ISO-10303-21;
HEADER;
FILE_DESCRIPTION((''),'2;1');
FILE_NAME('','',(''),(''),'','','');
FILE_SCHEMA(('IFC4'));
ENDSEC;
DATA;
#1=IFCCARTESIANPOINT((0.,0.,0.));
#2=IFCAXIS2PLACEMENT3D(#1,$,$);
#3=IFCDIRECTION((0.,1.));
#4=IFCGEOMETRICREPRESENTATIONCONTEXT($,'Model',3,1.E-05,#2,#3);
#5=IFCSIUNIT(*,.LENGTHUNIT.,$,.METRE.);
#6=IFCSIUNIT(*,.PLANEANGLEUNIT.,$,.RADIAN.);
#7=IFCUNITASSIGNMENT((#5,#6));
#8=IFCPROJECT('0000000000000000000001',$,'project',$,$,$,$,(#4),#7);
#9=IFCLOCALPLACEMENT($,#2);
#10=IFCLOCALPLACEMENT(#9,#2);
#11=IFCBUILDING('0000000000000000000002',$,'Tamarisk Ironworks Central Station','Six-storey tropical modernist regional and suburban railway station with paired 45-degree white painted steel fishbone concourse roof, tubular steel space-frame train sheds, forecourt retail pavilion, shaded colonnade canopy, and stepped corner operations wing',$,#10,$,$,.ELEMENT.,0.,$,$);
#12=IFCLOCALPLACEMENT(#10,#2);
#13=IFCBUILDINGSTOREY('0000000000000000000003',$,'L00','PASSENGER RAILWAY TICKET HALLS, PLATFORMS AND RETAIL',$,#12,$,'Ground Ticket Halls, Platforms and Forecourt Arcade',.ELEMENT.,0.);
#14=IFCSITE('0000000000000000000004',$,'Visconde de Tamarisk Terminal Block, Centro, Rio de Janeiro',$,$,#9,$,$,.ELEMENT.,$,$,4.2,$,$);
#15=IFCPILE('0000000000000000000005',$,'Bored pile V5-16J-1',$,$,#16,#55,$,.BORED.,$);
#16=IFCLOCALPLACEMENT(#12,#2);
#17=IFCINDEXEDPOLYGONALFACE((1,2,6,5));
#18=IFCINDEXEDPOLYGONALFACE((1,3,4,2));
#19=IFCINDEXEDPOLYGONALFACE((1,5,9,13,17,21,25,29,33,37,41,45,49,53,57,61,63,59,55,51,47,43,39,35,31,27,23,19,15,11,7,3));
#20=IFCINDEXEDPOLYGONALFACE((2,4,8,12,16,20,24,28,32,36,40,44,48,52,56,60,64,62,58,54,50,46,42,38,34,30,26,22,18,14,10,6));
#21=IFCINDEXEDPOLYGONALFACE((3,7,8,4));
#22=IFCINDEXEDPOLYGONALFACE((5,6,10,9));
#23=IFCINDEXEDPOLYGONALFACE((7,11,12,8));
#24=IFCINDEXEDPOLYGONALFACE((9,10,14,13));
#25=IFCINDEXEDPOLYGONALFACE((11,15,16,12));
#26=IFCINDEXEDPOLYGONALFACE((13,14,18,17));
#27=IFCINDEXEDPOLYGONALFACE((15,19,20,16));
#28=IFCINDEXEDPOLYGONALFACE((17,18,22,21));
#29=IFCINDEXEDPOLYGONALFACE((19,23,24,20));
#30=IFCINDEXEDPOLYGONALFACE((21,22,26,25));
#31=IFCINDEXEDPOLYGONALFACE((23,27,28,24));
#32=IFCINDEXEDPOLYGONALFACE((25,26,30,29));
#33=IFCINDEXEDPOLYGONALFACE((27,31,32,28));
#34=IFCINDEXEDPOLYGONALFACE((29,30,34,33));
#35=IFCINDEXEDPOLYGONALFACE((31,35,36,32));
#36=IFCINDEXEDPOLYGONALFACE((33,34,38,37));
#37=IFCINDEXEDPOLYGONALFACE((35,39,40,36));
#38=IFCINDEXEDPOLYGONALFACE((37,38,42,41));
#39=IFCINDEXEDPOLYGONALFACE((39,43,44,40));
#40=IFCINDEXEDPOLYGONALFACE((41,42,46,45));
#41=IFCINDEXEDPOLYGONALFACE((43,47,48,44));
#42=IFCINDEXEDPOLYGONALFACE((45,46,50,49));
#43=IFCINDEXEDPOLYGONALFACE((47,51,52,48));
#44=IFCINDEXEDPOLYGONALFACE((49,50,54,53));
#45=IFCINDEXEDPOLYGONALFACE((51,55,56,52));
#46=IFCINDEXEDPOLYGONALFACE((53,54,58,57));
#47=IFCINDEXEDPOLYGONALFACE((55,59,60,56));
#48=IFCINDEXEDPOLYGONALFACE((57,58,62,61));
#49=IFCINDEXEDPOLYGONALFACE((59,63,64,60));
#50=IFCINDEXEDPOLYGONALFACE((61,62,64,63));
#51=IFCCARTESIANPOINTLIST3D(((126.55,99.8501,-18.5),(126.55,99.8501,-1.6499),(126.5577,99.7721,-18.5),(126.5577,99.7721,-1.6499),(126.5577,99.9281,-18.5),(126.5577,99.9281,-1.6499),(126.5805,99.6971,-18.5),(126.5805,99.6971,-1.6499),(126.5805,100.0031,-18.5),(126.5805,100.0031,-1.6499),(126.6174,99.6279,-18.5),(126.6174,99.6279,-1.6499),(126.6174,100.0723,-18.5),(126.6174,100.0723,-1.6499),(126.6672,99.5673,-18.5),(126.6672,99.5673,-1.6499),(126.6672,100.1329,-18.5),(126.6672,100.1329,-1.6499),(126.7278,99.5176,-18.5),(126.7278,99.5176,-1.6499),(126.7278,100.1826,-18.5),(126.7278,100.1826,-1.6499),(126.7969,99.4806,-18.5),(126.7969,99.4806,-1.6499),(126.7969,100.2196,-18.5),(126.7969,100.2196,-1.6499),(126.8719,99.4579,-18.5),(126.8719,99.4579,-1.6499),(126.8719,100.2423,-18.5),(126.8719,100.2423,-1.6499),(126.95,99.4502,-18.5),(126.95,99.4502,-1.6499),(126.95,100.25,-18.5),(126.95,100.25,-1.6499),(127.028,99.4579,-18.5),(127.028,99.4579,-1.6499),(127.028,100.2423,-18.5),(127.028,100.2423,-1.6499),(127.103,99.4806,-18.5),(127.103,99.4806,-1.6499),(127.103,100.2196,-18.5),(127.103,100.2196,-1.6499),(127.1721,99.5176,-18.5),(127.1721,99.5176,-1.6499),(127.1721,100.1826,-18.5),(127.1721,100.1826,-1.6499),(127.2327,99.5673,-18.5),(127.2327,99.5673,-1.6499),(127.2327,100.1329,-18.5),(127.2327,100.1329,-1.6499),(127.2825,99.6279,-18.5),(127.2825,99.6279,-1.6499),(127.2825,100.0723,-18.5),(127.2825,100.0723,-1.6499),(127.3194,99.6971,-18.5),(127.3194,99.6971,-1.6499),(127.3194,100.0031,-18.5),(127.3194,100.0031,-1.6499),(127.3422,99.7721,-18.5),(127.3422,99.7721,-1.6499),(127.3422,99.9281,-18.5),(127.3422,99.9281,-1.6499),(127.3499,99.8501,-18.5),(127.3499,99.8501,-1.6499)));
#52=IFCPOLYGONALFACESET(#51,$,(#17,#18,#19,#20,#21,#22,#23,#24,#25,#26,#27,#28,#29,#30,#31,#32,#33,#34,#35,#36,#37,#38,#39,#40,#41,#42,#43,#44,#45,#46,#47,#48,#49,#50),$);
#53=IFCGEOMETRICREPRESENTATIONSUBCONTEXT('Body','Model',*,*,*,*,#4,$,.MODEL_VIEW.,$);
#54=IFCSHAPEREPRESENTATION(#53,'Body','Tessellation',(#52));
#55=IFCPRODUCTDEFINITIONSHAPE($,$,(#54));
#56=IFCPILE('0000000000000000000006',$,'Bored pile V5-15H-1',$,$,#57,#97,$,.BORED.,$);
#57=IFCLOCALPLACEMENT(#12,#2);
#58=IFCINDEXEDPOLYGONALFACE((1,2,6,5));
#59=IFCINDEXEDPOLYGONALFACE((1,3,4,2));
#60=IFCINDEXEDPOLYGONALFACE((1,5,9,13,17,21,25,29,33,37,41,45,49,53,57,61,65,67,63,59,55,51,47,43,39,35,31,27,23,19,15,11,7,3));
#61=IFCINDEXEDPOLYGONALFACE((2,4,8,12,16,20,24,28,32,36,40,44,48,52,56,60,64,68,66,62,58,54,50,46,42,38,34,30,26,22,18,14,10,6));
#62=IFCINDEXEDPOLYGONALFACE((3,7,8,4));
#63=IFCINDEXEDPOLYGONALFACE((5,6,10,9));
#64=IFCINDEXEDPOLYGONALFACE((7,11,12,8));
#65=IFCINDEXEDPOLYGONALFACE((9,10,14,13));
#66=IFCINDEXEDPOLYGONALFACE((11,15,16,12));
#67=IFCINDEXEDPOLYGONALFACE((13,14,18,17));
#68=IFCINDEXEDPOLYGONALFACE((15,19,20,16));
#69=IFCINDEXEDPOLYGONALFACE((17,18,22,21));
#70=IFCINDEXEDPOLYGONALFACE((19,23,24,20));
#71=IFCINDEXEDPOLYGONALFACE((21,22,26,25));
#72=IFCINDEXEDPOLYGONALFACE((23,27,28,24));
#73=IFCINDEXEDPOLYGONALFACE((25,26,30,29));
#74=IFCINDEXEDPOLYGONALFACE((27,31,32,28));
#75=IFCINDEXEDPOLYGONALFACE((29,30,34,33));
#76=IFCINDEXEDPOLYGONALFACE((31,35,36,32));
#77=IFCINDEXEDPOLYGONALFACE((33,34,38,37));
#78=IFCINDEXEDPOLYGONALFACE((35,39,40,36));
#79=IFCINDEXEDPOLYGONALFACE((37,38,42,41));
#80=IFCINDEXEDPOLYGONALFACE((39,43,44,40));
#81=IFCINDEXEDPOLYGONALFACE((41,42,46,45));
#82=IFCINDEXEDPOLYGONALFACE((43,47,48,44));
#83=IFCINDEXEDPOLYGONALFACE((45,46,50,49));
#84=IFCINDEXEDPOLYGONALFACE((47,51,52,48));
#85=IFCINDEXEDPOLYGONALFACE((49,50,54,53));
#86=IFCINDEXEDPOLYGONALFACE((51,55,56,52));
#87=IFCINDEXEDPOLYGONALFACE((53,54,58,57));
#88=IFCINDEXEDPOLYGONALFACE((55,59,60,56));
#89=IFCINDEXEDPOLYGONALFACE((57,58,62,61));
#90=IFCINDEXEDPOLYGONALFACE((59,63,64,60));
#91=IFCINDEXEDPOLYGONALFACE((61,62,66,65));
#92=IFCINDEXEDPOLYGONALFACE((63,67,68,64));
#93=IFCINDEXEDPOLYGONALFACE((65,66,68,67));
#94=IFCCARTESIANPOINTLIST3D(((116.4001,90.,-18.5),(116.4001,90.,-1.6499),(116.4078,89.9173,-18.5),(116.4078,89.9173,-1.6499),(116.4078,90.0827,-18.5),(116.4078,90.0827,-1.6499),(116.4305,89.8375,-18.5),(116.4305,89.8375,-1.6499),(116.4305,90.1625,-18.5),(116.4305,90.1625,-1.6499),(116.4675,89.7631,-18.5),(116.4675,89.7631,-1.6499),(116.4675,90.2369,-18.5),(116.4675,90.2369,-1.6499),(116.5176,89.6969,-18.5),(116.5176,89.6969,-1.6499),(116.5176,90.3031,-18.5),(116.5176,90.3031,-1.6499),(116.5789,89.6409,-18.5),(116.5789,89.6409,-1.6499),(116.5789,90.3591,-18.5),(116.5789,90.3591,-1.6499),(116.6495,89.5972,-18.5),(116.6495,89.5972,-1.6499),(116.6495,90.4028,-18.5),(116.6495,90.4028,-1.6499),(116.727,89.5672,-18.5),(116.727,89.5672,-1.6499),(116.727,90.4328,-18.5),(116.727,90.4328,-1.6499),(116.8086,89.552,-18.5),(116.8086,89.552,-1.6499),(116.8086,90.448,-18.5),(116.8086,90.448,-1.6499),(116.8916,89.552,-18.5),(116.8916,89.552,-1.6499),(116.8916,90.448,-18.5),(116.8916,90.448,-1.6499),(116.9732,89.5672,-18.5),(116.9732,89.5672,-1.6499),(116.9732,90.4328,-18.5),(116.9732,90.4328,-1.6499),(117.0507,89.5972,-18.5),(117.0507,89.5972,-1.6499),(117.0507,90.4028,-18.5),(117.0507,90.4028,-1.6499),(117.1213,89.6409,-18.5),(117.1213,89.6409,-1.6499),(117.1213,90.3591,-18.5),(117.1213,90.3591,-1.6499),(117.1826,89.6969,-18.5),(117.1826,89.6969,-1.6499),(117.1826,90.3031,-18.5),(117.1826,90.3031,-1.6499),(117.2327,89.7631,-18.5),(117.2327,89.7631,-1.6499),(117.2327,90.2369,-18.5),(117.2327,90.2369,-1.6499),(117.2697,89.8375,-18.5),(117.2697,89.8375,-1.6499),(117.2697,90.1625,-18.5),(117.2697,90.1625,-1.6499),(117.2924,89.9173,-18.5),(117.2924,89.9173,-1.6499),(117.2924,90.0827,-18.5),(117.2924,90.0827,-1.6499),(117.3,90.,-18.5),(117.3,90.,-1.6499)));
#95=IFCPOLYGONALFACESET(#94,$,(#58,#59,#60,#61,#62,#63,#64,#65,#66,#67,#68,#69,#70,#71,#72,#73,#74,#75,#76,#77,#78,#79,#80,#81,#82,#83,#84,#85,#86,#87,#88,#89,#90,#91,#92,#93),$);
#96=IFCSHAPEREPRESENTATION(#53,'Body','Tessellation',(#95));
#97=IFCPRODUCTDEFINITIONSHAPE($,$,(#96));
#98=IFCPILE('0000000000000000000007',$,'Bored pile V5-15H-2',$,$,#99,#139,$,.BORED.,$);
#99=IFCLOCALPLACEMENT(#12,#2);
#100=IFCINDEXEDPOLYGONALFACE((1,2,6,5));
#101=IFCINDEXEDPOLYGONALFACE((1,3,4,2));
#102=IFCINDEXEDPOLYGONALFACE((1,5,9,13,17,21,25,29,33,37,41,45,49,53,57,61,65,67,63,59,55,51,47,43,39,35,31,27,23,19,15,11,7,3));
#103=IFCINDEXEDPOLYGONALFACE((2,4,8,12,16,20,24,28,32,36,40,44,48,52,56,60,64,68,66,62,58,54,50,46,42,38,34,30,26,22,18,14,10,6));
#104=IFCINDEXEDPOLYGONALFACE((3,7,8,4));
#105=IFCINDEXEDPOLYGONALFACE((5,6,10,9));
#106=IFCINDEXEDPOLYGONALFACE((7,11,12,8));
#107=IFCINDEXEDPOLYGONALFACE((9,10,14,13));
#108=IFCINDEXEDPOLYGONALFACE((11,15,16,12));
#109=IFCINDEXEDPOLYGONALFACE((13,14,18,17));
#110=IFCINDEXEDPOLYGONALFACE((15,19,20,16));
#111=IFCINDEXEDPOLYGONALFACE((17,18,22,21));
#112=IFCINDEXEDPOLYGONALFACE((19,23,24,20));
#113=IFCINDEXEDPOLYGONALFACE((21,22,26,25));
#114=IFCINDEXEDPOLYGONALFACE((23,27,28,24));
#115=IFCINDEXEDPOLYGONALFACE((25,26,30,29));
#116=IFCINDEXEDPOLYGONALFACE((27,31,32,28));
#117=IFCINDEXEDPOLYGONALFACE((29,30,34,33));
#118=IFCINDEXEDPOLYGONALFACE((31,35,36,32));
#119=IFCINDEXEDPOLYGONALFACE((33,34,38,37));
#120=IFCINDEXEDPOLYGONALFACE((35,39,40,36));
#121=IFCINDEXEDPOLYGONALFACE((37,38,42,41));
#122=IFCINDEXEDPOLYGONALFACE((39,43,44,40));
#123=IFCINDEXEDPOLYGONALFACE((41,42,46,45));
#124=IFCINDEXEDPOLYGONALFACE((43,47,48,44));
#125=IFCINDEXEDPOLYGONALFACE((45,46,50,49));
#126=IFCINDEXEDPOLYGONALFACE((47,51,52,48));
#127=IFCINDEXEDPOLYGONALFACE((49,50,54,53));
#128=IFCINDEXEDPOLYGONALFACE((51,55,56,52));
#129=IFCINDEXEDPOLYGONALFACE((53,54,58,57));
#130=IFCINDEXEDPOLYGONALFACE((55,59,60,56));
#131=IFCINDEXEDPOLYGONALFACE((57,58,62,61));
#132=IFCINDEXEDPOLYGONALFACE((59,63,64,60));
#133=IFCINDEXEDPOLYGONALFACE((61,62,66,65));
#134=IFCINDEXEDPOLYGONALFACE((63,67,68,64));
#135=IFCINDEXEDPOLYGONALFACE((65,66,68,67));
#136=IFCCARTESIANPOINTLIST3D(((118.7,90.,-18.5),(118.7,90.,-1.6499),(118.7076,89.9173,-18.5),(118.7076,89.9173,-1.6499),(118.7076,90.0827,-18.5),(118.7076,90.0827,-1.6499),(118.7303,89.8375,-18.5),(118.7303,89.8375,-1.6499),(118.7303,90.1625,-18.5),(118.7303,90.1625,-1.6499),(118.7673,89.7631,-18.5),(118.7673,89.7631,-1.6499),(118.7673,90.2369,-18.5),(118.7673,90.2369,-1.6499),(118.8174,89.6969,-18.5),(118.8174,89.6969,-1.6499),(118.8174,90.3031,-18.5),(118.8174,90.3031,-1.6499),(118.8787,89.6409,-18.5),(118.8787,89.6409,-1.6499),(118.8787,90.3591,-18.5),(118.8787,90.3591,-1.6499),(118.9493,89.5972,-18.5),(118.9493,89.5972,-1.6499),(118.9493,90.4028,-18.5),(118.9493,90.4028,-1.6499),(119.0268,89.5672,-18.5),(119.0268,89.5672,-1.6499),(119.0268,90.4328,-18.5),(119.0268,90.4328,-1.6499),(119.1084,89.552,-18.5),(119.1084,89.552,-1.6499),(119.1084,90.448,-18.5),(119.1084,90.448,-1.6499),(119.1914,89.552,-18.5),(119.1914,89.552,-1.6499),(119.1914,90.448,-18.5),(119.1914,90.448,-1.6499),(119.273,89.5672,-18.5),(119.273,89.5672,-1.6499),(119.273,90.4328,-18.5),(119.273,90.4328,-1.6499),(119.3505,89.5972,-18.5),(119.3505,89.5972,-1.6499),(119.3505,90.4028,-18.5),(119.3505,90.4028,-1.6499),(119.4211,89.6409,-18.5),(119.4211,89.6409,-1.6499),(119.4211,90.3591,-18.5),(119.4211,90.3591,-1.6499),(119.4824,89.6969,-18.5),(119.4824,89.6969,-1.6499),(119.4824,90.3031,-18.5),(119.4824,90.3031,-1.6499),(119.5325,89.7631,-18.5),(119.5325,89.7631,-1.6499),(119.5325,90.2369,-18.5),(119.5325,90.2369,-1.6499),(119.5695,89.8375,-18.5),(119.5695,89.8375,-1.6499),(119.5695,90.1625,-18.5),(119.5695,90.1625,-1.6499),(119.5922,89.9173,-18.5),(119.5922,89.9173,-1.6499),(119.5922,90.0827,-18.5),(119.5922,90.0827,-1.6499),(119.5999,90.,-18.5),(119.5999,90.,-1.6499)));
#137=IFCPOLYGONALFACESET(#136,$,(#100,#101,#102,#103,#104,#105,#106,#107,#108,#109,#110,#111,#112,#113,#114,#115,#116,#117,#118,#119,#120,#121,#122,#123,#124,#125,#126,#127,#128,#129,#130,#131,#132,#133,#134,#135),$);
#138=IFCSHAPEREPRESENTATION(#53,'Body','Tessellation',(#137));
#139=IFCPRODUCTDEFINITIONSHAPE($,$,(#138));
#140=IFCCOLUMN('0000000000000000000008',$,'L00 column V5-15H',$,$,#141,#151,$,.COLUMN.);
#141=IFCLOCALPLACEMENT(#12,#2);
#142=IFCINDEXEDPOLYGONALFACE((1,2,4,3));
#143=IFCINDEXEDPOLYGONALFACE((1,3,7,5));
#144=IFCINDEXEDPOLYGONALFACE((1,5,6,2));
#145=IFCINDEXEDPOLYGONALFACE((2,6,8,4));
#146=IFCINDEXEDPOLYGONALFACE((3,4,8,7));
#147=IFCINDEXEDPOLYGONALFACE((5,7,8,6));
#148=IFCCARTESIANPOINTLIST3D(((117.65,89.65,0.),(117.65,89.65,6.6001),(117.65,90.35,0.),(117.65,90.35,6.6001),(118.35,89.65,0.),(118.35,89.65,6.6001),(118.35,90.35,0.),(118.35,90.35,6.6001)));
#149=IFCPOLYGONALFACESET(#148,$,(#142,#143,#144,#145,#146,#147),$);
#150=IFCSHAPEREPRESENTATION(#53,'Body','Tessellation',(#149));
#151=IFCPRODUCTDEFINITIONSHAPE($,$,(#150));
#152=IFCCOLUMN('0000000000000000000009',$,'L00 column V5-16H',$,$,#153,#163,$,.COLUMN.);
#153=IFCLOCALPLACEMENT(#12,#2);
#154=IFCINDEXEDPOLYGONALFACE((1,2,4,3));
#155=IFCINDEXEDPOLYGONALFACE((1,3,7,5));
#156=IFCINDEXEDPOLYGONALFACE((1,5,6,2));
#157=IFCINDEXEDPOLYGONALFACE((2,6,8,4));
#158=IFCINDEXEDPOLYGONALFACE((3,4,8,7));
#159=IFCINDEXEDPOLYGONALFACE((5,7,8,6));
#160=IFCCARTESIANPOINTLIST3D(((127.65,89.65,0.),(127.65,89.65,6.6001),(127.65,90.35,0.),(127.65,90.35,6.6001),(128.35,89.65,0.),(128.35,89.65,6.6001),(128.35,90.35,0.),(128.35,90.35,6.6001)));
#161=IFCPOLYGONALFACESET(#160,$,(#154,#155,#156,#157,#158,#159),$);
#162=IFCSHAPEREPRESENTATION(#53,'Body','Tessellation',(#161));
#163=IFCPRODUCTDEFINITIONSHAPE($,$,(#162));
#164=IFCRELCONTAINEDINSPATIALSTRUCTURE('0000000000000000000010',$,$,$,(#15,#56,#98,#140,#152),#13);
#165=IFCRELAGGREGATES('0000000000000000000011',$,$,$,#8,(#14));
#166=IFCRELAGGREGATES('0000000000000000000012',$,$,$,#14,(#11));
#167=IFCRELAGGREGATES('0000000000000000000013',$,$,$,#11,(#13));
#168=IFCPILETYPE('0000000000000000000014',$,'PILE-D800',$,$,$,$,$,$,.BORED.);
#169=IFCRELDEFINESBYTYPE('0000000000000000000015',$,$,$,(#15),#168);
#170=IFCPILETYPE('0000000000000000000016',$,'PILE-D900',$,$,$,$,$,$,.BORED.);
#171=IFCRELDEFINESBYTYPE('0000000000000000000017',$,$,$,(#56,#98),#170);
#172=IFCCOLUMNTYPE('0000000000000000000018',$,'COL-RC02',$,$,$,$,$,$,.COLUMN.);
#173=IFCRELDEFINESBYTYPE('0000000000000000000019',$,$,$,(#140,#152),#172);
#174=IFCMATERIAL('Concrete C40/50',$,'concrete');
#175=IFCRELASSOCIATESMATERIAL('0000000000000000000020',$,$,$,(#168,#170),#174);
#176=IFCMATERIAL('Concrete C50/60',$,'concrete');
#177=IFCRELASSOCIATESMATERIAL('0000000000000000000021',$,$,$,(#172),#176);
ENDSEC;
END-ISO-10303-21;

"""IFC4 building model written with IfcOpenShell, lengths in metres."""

from ifc_helpers import new_model, si_unit, direction, frame, origin, origin_2d, place, context, subcontext, project, spatial, rectangle, circle, extrude, material, material_profile, profile_set, type_object, element, save


model = new_model("IFC4")

# Units and contexts
model_context = context("Model", 3, precision=1e-05, world=origin(), true_north=direction((0.0, 1.0)))
body_context = subcontext(model_context, "Body", "Model", "MODEL_VIEW")
ifc_project = project(units=[si_unit("LENGTHUNIT", "METRE"), si_unit("PLANEANGLEUNIT", "RADIAN")], contexts=[model_context])

# Site, building, storey
site_placement = place(None, origin())
site = spatial("IfcSite", under=ifc_project, at=site_placement, Name="Visconde de Tamarisk Terminal Block, Centro, Rio de Janeiro", CompositionType="ELEMENT", RefElevation=4.2)
building_placement = place(site_placement, origin())
building = spatial("IfcBuilding", under=site, at=building_placement, Name="Tamarisk Ironworks Central Station", Description="Six-storey tropical modernist regional and suburban railway station with paired 45-degree white painted steel fishbone concourse roof, tubular steel space-frame train sheds, forecourt retail pavilion, shaded colonnade canopy, and stepped corner operations wing", CompositionType="ELEMENT", ElevationOfRefHeight=0.0)
storey_placement = place(building_placement, origin())
storey = spatial("IfcBuildingStorey", under=building, at=storey_placement, Name="L00", Description="PASSENGER RAILWAY TICKET HALLS, PLATFORMS AND RETAIL", LongName="Ground Ticket Halls, Platforms and Forecourt Arcade", CompositionType="ELEMENT", Elevation=0.0)

# Shared definitions
ifc_material_1 = material(Name="Concrete C40/50", Category="concrete")

# Piles
ifc_material_profile_1 = material_profile(ifc_material_1, circle(Radius=0.3999, at=origin_2d()), Name="BORED PILE D800")
ifc_profile_set_1 = profile_set([ifc_material_profile_1], Name="Concrete C40/50")
pile_type_1 = type_object("IfcPileType", Name="PILE-D800", PredefinedType="BORED", material=ifc_profile_set_1)
for number, where, z_axis, x_axis, name in (
    (1, (126.95, 99.8501, -1.6499), (0.0, 0.0, -1.0), (1.0, 0.0, 0.0), "Bored pile V5-16J-1"),
):
    element("IfcPile", number, at=place(storey_placement, frame(where, z_axis=z_axis, x_axis=x_axis)), inside=storey, type_object=pile_type_1, Name=name, PredefinedType="BORED", context=body_context, shape_type="SweptSolid", body=[
        extrude(circle(Radius=0.3999, at=origin_2d()), origin(), (0.0, 0.0, 1.0), 16.8501),
    ])
ifc_material_profile_2 = material_profile(ifc_material_1, circle(Radius=0.45, at=origin_2d()), Name="BORED PILE D900")
ifc_profile_set_2 = profile_set([ifc_material_profile_2], Name="Concrete C40/50")
pile_type_2 = type_object("IfcPileType", Name="PILE-D900", PredefinedType="BORED", material=ifc_profile_set_2)
for number, where, z_axis, x_axis, name in (
    (2, (116.8501, 90.0, -1.6499), (0.0, 0.0, -1.0), (1.0, 0.0, 0.0), "Bored pile V5-15H-1"),
    (3, (119.1499, 90.0, -1.6499), (0.0, 0.0, -1.0), (1.0, 0.0, 0.0), "Bored pile V5-15H-2"),
):
    element("IfcPile", number, at=place(storey_placement, frame(where, z_axis=z_axis, x_axis=x_axis)), inside=storey, type_object=pile_type_2, Name=name, PredefinedType="BORED", context=body_context, shape_type="SweptSolid", body=[
        extrude(circle(Radius=0.45, at=origin_2d()), origin(), (0.0, 0.0, 1.0), 16.8501),
    ])

# Columns
ifc_material_2 = material(Name="Concrete C50/60", Category="concrete")
ifc_material_profile_3 = material_profile(ifc_material_2, rectangle(XDim=0.7, YDim=0.7, at=origin_2d()), Name="RC 700x700")
ifc_profile_set_3 = profile_set([ifc_material_profile_3], Name="Concrete C50/60")
column_type_1 = type_object("IfcColumnType", Name="COL-RC02", PredefinedType="COLUMN", material=ifc_profile_set_3)
for number, where, z_axis, x_axis, name in (
    (4, (118.0, 90.0, 0.0), (0.0, 0.0, 1.0), (1.0, 0.0, 0.0), "L00 column V5-15H"),
    (5, (128.0, 90.0, 0.0), (0.0, 0.0, 1.0), (1.0, 0.0, 0.0), "L00 column V5-16H"),
):
    element("IfcColumn", number, at=place(storey_placement, frame(where, z_axis=z_axis, x_axis=x_axis)), inside=storey, type_object=column_type_1, Name=name, PredefinedType="COLUMN", context=body_context, shape_type="SweptSolid", body=[
        extrude(rectangle(XDim=0.7, YDim=0.7, at=origin_2d()), origin(), (0.0, 0.0, 1.0), 6.6001),
    ])

save(model, "model.ifc")
